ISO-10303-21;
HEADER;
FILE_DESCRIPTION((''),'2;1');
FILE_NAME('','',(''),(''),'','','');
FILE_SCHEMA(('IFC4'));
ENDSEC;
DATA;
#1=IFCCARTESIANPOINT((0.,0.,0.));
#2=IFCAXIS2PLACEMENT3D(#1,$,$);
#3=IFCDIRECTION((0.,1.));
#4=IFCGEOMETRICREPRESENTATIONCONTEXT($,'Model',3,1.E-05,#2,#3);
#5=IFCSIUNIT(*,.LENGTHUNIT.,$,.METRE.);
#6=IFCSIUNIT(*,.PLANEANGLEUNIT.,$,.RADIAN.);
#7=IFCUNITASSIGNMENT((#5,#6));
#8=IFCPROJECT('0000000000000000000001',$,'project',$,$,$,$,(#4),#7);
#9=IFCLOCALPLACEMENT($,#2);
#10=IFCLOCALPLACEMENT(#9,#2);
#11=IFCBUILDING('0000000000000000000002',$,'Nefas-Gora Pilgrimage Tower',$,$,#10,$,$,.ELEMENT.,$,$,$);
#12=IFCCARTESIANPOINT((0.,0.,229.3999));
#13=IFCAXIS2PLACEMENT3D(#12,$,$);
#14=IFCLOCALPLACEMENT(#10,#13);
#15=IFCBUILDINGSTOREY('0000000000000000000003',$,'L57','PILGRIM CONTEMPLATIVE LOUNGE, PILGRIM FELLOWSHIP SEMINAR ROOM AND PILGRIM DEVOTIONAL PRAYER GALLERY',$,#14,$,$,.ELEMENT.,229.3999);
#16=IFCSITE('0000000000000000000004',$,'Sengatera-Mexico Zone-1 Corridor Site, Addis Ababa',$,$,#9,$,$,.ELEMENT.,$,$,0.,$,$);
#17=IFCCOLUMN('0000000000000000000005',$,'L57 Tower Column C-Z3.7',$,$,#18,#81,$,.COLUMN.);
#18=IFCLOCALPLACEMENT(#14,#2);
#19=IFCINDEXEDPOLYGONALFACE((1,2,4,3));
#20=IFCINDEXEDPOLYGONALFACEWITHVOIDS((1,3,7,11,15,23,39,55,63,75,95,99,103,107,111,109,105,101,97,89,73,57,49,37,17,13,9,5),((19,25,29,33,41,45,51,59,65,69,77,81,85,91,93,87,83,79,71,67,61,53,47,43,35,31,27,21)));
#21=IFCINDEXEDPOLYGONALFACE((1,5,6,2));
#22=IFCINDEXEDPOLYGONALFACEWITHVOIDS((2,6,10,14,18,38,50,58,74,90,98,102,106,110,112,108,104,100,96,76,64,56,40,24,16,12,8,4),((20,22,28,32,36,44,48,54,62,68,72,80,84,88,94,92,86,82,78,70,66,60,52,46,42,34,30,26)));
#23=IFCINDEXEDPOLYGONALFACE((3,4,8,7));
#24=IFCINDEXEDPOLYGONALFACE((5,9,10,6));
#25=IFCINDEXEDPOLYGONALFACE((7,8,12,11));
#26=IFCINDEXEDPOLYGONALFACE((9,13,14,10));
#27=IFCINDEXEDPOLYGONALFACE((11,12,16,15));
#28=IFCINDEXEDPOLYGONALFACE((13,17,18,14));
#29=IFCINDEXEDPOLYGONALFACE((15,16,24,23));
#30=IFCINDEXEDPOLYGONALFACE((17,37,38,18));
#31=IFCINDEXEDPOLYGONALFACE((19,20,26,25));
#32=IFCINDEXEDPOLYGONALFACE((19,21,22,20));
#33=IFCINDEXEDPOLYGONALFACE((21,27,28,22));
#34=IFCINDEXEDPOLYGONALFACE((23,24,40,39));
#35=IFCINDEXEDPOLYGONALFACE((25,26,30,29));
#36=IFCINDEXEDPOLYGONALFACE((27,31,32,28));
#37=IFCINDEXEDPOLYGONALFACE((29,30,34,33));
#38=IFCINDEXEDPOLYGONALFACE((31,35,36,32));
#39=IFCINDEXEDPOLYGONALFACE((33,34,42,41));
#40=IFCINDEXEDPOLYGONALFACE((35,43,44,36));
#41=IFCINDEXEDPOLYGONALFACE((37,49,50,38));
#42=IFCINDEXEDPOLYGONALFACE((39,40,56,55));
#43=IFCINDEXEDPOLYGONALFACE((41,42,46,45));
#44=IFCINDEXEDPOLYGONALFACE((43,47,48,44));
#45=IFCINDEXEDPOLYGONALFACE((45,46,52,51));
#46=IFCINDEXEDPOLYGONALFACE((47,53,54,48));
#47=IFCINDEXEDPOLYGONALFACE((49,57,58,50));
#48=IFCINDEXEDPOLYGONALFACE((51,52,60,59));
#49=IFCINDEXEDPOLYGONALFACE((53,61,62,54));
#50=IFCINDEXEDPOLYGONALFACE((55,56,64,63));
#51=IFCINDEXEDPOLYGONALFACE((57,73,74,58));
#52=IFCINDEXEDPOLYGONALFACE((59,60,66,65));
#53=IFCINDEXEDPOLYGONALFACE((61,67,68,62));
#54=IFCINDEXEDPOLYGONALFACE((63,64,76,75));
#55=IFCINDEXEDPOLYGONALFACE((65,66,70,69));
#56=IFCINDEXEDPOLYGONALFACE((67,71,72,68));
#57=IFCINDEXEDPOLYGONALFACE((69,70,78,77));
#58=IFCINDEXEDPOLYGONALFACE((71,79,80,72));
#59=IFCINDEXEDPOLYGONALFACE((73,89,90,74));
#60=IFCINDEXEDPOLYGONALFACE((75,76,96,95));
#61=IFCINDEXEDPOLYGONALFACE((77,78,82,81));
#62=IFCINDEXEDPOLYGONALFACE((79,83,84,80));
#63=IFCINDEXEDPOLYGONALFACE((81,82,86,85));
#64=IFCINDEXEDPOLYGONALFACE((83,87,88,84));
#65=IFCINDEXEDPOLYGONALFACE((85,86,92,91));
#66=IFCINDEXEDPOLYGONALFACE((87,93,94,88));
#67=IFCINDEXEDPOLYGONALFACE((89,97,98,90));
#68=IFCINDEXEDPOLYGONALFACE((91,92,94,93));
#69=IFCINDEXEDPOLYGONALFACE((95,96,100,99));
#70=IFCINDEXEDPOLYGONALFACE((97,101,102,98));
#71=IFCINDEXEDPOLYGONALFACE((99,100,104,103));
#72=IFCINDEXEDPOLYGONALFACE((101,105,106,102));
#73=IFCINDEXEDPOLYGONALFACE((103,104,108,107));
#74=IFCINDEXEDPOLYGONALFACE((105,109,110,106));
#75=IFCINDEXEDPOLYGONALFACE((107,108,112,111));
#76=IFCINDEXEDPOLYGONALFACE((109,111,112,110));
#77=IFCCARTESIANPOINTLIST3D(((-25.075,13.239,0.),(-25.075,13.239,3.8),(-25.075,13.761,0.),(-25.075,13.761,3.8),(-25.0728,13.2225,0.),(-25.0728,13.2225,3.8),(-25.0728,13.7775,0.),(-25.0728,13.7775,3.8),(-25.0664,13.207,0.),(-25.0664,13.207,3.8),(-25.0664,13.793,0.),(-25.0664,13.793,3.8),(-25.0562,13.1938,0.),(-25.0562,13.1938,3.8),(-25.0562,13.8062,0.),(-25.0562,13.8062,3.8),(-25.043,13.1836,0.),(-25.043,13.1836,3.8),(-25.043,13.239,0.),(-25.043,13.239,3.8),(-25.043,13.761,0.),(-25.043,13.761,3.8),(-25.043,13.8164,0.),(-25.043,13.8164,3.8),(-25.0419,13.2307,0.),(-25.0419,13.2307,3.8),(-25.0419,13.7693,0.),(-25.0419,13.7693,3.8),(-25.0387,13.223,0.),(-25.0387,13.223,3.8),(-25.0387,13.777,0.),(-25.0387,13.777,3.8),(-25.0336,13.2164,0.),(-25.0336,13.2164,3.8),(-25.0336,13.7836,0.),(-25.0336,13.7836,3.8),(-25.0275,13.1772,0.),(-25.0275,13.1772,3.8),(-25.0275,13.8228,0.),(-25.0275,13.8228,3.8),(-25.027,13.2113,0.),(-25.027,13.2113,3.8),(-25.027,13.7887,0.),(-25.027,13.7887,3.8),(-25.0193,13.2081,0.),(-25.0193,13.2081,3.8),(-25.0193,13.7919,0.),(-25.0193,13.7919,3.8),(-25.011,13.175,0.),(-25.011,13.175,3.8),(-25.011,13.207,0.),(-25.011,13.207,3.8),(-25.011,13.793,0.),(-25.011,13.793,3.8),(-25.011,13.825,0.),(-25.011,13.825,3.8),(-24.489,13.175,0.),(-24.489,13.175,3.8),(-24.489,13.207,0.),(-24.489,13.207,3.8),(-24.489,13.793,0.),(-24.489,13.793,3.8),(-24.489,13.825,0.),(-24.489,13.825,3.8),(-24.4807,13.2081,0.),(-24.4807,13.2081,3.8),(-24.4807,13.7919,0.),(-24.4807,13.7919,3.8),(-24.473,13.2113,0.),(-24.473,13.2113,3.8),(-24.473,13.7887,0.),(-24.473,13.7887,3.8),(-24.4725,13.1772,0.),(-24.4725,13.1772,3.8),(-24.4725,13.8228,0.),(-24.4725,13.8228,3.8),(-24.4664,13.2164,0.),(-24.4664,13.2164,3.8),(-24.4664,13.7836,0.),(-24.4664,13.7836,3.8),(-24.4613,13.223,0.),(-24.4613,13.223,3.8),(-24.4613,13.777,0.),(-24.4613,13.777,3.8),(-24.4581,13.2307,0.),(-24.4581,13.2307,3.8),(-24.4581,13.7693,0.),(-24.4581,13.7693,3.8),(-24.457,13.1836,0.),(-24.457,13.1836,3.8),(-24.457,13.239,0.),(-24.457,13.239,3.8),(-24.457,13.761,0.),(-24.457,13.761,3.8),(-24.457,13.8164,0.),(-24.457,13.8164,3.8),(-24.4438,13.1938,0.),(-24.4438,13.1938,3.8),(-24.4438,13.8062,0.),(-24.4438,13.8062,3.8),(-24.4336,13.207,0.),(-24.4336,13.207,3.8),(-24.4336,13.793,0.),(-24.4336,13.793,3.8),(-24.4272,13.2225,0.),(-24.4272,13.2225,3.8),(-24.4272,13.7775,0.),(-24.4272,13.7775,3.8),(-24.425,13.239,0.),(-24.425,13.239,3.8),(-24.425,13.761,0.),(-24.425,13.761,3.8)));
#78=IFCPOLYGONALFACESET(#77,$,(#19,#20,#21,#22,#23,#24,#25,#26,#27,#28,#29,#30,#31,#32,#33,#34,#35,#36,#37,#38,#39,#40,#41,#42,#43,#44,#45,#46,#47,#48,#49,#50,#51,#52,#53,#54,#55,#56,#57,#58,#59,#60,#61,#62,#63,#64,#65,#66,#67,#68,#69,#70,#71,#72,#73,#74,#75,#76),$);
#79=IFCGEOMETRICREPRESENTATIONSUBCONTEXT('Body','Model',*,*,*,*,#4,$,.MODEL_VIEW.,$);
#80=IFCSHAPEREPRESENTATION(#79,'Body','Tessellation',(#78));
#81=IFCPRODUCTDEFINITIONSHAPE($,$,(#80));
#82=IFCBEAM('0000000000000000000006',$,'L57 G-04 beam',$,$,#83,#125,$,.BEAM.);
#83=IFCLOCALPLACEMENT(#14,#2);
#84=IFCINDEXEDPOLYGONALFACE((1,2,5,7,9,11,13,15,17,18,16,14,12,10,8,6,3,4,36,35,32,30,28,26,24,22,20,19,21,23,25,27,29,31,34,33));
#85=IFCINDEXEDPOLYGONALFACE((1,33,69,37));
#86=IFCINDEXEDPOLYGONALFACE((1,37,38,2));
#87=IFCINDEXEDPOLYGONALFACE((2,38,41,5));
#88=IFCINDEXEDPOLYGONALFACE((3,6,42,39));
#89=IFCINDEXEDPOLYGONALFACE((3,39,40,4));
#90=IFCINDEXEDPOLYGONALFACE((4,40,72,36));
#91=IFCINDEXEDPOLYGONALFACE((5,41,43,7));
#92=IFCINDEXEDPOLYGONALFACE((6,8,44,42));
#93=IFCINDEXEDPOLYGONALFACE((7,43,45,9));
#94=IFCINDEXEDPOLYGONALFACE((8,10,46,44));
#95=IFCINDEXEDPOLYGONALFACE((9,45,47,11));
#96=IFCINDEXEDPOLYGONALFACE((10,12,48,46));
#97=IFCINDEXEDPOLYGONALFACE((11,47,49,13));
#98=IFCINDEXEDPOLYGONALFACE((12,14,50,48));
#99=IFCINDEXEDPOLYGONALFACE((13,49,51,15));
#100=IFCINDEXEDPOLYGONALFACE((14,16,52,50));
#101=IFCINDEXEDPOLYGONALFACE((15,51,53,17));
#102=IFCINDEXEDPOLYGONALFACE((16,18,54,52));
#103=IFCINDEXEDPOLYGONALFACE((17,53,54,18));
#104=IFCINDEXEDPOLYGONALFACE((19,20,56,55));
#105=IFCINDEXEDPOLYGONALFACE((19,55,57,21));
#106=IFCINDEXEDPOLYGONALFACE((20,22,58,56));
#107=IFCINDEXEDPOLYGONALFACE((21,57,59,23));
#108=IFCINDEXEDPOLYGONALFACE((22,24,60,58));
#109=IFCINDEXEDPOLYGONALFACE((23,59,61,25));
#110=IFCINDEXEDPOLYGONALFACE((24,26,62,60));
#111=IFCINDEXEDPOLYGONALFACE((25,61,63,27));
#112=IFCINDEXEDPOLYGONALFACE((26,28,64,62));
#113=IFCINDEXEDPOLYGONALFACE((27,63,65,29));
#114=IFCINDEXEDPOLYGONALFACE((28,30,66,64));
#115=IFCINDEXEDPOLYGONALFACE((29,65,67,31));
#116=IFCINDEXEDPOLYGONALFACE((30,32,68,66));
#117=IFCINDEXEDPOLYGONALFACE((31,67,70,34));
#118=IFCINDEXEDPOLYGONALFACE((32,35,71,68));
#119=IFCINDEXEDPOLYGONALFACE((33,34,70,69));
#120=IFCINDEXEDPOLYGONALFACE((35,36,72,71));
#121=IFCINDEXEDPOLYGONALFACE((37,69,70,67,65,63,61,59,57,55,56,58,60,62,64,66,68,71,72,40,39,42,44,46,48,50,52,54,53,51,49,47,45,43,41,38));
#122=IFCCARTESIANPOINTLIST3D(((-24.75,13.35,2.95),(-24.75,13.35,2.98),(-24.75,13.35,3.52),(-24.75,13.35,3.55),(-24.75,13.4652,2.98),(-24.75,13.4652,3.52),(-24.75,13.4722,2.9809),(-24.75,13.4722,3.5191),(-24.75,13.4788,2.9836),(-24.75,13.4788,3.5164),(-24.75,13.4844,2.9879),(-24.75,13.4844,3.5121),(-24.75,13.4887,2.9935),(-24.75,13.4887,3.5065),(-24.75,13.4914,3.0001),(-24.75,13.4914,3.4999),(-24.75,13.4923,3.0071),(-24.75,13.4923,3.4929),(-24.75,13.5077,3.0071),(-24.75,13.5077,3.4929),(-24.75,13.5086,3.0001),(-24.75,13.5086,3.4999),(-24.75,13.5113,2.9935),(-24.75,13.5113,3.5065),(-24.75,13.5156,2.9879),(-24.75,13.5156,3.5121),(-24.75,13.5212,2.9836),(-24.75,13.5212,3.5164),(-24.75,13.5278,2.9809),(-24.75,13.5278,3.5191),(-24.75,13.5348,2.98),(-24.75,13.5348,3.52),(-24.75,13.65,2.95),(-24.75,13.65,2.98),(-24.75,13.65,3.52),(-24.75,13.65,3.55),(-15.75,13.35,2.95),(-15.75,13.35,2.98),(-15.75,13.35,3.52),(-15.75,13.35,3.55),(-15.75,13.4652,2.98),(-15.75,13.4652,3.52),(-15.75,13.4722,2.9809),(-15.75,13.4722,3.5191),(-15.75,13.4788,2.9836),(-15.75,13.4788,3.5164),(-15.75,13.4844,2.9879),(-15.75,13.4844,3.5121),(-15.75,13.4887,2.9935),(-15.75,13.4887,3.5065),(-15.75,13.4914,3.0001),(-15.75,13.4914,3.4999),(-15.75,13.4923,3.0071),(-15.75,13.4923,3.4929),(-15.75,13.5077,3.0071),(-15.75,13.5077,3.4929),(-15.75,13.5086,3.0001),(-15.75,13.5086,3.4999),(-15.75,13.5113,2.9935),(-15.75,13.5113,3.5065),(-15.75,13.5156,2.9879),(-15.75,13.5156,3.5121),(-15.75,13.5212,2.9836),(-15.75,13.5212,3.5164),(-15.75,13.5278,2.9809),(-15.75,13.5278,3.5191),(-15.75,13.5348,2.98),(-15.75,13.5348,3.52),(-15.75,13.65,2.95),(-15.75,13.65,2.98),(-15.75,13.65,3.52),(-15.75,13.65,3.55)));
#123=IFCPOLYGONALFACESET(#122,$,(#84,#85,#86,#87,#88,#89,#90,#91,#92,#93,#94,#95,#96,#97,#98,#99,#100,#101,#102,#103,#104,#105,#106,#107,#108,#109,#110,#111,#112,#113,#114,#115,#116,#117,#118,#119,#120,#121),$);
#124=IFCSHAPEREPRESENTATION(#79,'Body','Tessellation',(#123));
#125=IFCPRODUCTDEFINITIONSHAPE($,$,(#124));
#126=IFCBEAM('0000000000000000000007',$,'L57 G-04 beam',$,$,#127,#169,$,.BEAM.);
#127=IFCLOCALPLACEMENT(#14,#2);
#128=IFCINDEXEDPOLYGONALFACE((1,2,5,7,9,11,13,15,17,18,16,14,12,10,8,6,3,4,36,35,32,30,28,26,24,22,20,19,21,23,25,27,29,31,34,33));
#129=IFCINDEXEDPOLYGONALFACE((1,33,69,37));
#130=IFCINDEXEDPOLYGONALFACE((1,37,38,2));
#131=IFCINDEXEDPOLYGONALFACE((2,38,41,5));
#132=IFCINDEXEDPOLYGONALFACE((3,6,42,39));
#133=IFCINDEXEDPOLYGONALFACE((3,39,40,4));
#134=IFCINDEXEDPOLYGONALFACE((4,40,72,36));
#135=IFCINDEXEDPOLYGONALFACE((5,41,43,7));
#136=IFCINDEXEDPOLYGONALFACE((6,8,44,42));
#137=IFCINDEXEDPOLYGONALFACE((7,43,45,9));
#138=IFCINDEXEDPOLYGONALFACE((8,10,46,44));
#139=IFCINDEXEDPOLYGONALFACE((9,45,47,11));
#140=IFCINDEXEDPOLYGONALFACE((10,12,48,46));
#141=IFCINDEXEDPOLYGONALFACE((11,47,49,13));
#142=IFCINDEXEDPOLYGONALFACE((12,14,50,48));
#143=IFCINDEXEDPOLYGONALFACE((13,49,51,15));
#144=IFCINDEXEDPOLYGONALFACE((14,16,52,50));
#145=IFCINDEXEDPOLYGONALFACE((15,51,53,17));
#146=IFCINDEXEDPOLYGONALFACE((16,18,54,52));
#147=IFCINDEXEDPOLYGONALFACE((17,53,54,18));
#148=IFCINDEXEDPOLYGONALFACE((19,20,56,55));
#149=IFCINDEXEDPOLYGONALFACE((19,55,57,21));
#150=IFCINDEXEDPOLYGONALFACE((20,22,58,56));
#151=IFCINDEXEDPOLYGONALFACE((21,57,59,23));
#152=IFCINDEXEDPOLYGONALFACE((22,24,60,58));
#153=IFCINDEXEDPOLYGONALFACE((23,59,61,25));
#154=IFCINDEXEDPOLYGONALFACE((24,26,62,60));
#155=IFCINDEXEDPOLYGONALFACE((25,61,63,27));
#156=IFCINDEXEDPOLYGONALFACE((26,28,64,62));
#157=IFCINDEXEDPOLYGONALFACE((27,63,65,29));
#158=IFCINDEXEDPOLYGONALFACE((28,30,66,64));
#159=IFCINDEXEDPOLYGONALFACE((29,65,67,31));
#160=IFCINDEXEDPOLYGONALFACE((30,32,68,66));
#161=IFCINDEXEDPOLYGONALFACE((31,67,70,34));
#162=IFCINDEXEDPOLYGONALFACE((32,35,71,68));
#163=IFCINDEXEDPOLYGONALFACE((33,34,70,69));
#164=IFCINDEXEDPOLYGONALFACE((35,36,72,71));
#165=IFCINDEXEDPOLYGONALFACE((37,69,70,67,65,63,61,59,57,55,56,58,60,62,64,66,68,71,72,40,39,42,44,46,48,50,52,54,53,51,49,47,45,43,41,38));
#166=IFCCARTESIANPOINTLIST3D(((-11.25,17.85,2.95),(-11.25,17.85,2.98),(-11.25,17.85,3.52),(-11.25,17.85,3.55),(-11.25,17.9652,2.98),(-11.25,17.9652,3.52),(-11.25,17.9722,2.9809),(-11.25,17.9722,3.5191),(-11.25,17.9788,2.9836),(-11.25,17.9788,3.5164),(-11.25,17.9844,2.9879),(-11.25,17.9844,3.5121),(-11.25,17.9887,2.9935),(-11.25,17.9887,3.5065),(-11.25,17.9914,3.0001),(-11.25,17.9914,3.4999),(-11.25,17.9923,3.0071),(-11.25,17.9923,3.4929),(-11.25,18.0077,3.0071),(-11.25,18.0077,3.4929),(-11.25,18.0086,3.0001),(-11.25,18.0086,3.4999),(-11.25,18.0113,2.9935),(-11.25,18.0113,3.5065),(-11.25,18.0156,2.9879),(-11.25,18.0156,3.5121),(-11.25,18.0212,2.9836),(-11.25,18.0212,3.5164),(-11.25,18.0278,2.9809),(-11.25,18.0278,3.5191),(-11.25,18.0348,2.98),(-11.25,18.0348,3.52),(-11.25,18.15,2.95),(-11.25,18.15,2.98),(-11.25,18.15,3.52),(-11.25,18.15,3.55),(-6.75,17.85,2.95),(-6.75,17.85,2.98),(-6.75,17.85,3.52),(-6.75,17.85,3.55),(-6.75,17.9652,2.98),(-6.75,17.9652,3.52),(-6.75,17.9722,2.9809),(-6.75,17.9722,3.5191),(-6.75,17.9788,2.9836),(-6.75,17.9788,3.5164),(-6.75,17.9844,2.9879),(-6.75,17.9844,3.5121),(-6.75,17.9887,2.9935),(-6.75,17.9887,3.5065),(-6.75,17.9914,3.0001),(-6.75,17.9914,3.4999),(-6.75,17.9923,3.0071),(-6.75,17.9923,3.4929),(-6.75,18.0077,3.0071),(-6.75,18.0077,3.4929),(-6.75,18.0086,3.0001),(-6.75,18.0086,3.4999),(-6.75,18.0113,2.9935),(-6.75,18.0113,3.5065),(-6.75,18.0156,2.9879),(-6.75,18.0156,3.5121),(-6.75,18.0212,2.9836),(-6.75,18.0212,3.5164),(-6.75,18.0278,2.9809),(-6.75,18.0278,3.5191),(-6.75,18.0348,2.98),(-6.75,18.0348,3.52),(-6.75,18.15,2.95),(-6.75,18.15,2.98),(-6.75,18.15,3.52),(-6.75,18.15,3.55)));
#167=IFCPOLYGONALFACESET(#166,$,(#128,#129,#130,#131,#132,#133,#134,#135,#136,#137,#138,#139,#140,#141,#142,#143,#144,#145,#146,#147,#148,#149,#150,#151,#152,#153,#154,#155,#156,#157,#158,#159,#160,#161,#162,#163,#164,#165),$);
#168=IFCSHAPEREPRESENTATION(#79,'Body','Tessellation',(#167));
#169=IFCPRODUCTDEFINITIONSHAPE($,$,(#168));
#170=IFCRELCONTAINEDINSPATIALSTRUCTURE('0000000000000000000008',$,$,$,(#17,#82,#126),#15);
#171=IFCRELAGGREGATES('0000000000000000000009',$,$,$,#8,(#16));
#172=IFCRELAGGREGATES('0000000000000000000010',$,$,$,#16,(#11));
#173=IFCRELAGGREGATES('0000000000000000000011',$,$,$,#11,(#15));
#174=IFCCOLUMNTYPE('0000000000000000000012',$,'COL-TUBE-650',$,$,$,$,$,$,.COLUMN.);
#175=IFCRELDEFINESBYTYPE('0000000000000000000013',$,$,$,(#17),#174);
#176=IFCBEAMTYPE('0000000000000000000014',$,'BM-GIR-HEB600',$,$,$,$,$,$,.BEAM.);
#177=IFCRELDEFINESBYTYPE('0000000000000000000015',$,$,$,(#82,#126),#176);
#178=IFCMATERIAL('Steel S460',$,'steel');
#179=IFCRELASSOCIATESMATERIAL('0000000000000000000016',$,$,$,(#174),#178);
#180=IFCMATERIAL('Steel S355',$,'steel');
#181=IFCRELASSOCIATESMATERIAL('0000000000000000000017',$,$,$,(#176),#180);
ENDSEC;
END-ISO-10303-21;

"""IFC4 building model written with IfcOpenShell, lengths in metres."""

from ifc_helpers import new_model, si_unit, direction, frame, origin, origin_2d, place, context, subcontext, project, spatial, hollow_rectangle, i_section, extrude, source, transform, mapped, material, material_profile, profile_set, type_object, element, save


model = new_model("IFC4")

# Units and contexts
model_context = context("Model", 3, precision=1e-05, world=origin(), true_north=direction((0.0, 1.0)))
body_context = subcontext(model_context, "Body", "Model", "MODEL_VIEW")
ifc_project = project(units=[si_unit("LENGTHUNIT", "METRE"), si_unit("PLANEANGLEUNIT", "RADIAN")], contexts=[model_context])

# Site, building, storey
site_placement = place(None, origin())
site = spatial("IfcSite", under=ifc_project, at=site_placement, Name="Sengatera-Mexico Zone-1 Corridor Site, Addis Ababa", CompositionType="ELEMENT", RefElevation=0.0)
building_placement = place(site_placement, origin())
building = spatial("IfcBuilding", under=site, at=building_placement, Name="Nefas-Gora Pilgrimage Tower", CompositionType="ELEMENT")
storey_placement = place(building_placement, frame((0.0, 0.0, 229.3999)))
storey = spatial("IfcBuildingStorey", under=building, at=storey_placement, Name="L57", Description="PILGRIM CONTEMPLATIVE LOUNGE, PILGRIM FELLOWSHIP SEMINAR ROOM AND PILGRIM DEVOTIONAL PRAYER GALLERY", CompositionType="ELEMENT", Elevation=229.3999)

# Column
ifc_material_1 = material(Name="Steel S460", Category="steel")
ifc_material_profile_1 = material_profile(ifc_material_1, hollow_rectangle(XDim=0.6499, YDim=0.6499, WallThickness=0.032, InnerFilletRadius=0.032, OuterFilletRadius=0.064, at=origin_2d()), Name="BOX 650x650x32")
ifc_profile_set_1 = profile_set([ifc_material_profile_1], Name="Steel S460")
column_type_1 = type_object("IfcColumnType", Name="COL-TUBE-650", PredefinedType="COLUMN", material=ifc_profile_set_1)
shared_shape_1 = source(origin(), body_context, "Body", "SweptSolid", [
    extrude(hollow_rectangle(XDim=0.6499, YDim=0.6499, WallThickness=0.032, InnerFilletRadius=0.032, OuterFilletRadius=0.064, at=origin_2d()), origin(), (0.0, 0.0, 1.0), 3.8),
])
column_placement = place(storey_placement, frame((-24.75, 13.5, 0.0), z_axis=(0.0, 0.0, 1.0), x_axis=(1.0, 0.0, 0.0)))
element("IfcColumn", 1, at=column_placement, inside=storey, type_object=column_type_1, Name="L57 Tower Column C-Z3.7", PredefinedType="COLUMN", context=body_context, shape_type="MappedRepresentation", body=[
    mapped(shared_shape_1, transform((0.0, 0.0, 0.0), x_axis=(1.0, 0.0, 0.0), y_axis=(0.0, 1.0, 0.0), z_axis=(0.0, 0.0, 1.0), scale=1.0)),
])

# Beams
ifc_material_2 = material(Name="Steel S355", Category="steel")
ifc_material_profile_2 = material_profile(ifc_material_2, i_section(OverallWidth=0.3, OverallDepth=0.6001, WebThickness=0.0154, FlangeThickness=0.03, FilletRadius=0.0271, at=origin_2d()), Name="HEB 600")
ifc_profile_set_2 = profile_set([ifc_material_profile_2], Name="Steel S355")
beam_type = type_object("IfcBeamType", Name="BM-GIR-HEB600", PredefinedType="BEAM", material=ifc_profile_set_2)
shared_shape_2 = source(origin(), body_context, "Body", "SweptSolid", [
    extrude(i_section(OverallWidth=0.3, OverallDepth=0.6001, WebThickness=0.0154, FlangeThickness=0.03, FilletRadius=0.0271, at=origin_2d()), origin(), (0.0, 0.0, 1.0), 9.0),
])
beam_1_placement = place(storey_placement, frame((-24.75, 13.5, 3.25), z_axis=(1.0, 0.0, 0.0), x_axis=(0.0, 1.0, 0.0)))
element("IfcBeam", 2, at=beam_1_placement, inside=storey, type_object=beam_type, Name="L57 G-04 beam", PredefinedType="BEAM", context=body_context, shape_type="MappedRepresentation", body=[
    mapped(shared_shape_2, transform((0.0, 0.0, 0.0), x_axis=(1.0, 0.0, 0.0), y_axis=(0.0, 1.0, 0.0), z_axis=(0.0, 0.0, 1.0), scale=1.0)),
])
shared_shape_3 = source(origin(), body_context, "Body", "SweptSolid", [
    extrude(i_section(OverallWidth=0.3, OverallDepth=0.6001, WebThickness=0.0154, FlangeThickness=0.03, FilletRadius=0.0271, at=origin_2d()), origin(), (0.0, 0.0, 1.0), 4.5),
])
beam_2_placement = place(storey_placement, frame((-11.25, 18.0, 3.25), z_axis=(1.0, 0.0, 0.0), x_axis=(0.0, 1.0, 0.0)))
element("IfcBeam", 3, at=beam_2_placement, inside=storey, type_object=beam_type, Name="L57 G-04 beam", PredefinedType="BEAM", context=body_context, shape_type="MappedRepresentation", body=[
    mapped(shared_shape_3, transform((0.0, 0.0, 0.0), x_axis=(1.0, 0.0, 0.0), y_axis=(0.0, 1.0, 0.0), z_axis=(0.0, 0.0, 1.0), scale=1.0)),
])

save(model, "model.ifc")
